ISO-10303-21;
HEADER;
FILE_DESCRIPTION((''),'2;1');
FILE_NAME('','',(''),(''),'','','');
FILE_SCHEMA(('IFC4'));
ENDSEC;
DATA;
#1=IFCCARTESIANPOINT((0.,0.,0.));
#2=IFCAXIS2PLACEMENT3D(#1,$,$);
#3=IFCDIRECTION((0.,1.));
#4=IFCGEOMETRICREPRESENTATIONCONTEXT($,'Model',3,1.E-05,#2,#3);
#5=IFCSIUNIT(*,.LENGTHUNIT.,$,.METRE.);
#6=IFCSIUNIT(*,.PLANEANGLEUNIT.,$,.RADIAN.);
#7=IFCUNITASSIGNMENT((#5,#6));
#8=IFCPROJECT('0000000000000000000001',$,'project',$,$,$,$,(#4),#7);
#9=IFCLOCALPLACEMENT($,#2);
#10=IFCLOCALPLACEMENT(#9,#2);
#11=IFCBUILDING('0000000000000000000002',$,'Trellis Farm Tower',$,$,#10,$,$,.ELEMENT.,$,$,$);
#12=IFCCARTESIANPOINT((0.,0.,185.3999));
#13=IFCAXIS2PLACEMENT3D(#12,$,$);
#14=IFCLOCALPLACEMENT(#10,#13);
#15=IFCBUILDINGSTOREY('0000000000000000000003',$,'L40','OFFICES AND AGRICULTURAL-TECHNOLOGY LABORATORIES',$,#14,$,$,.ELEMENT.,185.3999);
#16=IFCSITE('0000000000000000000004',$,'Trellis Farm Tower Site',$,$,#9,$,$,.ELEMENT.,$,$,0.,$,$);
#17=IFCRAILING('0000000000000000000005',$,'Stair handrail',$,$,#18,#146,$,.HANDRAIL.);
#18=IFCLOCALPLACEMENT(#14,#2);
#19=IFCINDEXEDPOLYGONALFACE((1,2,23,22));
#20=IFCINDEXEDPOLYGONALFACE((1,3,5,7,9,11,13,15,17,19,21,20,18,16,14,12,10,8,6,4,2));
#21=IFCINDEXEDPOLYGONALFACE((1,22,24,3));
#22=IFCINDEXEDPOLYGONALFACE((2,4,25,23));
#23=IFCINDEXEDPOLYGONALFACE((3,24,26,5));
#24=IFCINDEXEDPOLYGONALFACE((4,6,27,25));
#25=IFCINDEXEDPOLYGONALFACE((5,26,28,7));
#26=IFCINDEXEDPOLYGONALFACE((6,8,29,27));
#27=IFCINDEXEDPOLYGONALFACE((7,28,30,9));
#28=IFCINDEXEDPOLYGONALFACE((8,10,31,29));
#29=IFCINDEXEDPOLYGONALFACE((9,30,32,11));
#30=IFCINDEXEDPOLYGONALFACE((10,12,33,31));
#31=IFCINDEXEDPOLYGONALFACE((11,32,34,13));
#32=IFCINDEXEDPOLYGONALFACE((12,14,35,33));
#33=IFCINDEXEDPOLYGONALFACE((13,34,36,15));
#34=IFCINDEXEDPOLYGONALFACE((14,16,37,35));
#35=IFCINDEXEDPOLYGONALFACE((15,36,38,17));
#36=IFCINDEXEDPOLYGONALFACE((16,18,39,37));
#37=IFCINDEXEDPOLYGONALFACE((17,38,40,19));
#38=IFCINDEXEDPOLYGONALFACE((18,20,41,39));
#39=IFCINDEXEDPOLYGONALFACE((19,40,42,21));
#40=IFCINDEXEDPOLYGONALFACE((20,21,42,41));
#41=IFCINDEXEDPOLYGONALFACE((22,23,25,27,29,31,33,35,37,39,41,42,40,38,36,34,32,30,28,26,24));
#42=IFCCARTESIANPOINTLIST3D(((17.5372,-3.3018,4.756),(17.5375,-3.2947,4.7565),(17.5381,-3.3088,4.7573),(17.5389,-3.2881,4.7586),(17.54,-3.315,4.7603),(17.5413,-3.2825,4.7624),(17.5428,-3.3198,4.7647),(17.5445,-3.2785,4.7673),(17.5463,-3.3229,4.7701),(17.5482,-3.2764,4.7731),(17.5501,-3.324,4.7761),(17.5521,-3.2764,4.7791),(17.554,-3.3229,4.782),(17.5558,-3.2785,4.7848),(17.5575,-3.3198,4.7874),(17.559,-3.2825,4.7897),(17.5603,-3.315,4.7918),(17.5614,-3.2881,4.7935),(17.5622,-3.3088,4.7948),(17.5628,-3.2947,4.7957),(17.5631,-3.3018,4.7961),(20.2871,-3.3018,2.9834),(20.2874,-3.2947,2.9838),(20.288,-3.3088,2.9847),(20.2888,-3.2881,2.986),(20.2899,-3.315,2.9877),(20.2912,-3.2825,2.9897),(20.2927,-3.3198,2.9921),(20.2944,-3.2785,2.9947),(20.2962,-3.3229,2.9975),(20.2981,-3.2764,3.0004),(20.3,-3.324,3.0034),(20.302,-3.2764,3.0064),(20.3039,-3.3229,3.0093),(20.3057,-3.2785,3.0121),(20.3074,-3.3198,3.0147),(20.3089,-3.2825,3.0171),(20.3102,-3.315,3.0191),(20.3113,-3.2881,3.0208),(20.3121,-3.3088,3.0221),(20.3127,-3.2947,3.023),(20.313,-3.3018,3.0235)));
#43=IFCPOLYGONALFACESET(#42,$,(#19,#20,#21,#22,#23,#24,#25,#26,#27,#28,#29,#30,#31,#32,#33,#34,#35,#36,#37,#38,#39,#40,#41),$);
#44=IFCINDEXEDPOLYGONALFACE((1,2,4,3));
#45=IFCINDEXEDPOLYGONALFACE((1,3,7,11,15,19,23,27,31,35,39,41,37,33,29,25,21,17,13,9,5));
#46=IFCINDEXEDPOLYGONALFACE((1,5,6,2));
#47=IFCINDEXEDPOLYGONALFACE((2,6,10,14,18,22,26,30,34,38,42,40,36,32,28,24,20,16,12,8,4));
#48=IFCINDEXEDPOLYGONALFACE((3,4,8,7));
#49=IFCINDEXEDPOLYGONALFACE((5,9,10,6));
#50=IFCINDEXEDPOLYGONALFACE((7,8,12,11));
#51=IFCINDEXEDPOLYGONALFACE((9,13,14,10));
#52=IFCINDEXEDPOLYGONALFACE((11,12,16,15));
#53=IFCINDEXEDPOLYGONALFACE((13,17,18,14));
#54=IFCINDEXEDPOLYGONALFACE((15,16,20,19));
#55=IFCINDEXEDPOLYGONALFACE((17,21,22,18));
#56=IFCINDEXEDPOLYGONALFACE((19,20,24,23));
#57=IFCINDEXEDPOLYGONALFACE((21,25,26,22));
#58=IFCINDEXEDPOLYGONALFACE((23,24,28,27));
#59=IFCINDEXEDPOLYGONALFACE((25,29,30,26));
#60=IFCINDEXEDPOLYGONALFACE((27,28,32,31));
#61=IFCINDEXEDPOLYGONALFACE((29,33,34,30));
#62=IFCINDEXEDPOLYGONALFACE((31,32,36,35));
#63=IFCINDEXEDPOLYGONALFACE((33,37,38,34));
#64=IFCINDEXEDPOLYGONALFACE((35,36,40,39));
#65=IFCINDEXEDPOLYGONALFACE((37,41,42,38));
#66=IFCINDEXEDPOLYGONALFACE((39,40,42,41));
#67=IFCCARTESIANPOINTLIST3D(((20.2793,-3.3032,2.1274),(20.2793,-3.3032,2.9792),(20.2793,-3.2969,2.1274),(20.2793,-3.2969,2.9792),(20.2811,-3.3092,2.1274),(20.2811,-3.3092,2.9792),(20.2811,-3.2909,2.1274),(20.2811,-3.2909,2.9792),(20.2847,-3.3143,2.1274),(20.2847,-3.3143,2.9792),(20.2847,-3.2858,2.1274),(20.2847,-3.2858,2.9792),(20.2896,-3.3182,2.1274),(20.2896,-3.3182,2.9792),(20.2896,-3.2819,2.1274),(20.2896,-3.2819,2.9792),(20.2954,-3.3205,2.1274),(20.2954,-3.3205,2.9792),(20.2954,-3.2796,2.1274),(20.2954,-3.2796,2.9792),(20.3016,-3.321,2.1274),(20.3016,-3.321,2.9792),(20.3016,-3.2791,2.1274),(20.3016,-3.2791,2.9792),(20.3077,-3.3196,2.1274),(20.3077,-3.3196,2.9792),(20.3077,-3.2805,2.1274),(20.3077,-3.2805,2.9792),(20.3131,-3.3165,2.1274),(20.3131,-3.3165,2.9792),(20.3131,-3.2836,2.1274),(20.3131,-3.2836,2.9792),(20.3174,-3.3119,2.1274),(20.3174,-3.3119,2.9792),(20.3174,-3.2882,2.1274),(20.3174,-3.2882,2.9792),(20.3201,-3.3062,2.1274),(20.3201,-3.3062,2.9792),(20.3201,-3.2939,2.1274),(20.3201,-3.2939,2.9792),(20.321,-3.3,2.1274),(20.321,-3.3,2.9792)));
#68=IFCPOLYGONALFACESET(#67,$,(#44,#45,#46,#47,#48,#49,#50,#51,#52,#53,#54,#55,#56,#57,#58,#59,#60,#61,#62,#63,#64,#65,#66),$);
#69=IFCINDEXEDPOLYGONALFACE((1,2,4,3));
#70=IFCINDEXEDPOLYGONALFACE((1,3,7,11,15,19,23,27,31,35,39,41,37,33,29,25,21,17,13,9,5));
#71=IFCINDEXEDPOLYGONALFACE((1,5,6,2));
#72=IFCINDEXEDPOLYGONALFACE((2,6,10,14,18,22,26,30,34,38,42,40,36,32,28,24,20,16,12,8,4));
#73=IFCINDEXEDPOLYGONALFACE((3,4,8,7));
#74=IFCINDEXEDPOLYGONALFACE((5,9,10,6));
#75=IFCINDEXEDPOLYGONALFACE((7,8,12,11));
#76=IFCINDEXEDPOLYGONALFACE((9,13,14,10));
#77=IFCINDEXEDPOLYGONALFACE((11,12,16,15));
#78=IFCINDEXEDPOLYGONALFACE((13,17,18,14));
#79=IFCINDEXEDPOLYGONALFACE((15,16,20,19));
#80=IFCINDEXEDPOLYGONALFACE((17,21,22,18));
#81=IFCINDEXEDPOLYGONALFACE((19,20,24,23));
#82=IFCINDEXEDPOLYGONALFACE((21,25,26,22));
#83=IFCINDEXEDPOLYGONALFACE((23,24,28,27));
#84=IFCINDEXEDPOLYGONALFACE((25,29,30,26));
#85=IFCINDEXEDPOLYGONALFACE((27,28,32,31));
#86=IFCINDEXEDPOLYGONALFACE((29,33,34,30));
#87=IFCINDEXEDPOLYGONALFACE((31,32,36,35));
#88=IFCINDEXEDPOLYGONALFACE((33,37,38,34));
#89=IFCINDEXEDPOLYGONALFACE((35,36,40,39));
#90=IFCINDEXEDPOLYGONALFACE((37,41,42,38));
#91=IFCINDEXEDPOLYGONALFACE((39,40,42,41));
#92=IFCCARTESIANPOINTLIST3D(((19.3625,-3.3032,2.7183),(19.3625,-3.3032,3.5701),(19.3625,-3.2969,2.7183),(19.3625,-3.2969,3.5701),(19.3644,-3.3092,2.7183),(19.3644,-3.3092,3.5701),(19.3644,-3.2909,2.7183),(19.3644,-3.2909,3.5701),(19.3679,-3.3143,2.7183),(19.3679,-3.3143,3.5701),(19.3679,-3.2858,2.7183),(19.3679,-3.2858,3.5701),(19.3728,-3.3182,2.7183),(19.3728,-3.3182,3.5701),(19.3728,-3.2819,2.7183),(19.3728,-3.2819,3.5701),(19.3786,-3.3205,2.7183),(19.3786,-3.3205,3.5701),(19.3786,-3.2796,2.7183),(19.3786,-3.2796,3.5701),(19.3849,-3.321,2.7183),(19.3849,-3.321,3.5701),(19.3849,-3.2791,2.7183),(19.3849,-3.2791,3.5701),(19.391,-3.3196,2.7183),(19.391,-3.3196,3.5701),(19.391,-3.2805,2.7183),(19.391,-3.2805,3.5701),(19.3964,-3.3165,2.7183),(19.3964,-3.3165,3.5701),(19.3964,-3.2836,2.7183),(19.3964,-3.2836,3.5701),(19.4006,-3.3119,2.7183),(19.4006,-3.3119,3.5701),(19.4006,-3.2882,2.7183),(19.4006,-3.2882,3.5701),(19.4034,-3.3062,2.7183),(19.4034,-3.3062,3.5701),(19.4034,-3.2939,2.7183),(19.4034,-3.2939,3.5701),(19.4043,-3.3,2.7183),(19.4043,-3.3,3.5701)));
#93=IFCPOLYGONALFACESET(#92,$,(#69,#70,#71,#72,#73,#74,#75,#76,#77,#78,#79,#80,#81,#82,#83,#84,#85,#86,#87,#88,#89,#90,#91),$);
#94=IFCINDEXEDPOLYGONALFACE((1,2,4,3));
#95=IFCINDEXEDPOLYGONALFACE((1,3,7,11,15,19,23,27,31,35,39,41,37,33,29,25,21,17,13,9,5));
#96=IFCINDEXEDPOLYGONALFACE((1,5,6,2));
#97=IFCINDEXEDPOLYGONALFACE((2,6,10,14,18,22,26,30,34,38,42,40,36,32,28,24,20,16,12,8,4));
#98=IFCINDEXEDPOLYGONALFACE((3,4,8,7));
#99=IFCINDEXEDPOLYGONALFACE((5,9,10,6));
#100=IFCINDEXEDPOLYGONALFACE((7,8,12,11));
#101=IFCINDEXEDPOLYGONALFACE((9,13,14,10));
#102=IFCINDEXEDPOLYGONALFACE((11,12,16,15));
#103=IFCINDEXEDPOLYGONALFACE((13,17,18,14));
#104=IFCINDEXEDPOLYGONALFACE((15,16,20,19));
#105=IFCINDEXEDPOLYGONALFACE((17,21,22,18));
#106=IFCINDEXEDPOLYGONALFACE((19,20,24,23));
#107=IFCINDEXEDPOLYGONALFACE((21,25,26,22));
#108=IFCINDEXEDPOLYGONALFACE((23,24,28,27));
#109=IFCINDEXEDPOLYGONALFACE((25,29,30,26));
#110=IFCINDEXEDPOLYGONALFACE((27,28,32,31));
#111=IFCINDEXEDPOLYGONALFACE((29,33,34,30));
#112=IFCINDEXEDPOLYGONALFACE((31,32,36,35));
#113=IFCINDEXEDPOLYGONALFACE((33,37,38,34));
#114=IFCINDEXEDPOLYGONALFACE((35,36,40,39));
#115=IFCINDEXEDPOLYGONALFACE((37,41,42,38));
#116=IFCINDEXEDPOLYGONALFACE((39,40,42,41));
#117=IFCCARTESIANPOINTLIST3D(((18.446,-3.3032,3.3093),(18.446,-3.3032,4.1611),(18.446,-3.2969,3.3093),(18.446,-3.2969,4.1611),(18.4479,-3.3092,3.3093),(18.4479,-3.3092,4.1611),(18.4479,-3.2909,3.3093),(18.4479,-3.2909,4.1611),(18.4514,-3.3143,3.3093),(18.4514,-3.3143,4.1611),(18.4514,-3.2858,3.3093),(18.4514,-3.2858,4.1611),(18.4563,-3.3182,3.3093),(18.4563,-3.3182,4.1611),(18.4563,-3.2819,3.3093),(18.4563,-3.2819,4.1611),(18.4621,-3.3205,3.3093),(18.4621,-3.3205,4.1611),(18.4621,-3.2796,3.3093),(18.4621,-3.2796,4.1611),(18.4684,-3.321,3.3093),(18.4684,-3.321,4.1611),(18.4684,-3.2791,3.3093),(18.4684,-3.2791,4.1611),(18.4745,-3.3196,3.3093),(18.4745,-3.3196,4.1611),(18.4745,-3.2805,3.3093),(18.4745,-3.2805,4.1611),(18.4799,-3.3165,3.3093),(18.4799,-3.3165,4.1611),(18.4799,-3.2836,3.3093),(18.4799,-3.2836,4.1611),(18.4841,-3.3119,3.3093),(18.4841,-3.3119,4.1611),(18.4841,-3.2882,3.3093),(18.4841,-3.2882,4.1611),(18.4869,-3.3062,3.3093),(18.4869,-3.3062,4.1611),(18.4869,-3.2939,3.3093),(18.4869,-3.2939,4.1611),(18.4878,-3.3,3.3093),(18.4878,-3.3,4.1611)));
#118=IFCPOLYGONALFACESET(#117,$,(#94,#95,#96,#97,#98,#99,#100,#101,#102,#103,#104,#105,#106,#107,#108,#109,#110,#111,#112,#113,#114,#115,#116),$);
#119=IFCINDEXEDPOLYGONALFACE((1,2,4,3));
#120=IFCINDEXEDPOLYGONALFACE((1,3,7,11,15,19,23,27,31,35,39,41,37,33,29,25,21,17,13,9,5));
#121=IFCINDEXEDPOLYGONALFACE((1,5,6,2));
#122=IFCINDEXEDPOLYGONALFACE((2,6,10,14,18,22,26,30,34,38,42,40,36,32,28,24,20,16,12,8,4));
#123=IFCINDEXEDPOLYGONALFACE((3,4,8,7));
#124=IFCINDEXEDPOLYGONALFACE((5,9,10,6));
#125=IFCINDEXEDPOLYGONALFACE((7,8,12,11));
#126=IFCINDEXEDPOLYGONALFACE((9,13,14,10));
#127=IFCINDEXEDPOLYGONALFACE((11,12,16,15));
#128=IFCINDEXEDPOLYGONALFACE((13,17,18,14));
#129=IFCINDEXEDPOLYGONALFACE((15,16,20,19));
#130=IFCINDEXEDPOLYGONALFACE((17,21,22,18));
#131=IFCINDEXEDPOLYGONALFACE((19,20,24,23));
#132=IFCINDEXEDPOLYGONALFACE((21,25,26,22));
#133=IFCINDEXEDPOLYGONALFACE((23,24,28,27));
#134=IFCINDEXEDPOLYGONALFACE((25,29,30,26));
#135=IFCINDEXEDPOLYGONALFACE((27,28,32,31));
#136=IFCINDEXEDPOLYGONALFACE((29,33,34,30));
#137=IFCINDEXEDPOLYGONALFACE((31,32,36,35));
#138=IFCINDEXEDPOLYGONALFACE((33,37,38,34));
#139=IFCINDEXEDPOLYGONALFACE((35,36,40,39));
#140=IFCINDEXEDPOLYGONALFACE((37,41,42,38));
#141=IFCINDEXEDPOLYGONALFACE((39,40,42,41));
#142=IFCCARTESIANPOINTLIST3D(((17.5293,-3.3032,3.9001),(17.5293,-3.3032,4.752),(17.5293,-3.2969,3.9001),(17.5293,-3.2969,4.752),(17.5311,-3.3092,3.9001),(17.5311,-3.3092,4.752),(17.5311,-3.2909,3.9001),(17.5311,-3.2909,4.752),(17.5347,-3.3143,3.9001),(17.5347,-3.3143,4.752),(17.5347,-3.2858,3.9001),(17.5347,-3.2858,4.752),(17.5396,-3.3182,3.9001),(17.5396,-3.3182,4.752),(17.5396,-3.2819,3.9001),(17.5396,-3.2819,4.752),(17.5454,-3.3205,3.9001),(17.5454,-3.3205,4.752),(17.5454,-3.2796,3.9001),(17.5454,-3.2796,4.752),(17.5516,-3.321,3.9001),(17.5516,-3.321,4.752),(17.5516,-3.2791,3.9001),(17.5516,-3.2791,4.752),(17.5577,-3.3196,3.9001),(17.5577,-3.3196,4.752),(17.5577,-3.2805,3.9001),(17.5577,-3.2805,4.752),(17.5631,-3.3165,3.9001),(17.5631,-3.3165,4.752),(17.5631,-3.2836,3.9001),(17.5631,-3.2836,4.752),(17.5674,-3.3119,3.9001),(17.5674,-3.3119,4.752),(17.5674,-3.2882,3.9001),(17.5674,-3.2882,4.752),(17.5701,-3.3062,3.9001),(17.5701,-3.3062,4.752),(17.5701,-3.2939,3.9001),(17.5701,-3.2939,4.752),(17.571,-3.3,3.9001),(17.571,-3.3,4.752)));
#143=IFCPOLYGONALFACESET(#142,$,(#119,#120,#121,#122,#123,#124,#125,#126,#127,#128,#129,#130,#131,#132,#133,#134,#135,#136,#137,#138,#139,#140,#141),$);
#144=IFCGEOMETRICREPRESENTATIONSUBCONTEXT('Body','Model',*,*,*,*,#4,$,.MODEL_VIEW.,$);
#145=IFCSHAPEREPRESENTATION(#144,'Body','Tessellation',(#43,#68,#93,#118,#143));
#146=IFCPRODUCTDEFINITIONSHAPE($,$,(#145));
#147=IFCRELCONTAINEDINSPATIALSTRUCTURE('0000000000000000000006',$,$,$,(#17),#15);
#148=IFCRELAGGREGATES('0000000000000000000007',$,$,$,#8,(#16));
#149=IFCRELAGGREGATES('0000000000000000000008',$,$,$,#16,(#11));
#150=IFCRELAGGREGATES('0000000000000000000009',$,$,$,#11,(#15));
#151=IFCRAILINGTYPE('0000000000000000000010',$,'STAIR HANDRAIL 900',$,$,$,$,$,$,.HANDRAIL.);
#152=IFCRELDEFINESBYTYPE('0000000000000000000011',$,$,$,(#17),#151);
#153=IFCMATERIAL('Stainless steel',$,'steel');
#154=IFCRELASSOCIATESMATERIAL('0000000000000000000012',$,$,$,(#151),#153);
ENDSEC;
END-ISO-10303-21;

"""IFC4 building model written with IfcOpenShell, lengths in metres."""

from ifc_helpers import new_model, si_unit, direction, frame, origin, origin_2d, place, context, subcontext, project, spatial, circle, extrude, source, transform, mapped, material, type_object, element, save


model = new_model("IFC4")

# Units and contexts
model_context = context("Model", 3, precision=1e-05, world=origin(), true_north=direction((0.0, 1.0)))
body_context = subcontext(model_context, "Body", "Model", "MODEL_VIEW")
ifc_project = project(units=[si_unit("LENGTHUNIT", "METRE"), si_unit("PLANEANGLEUNIT", "RADIAN")], contexts=[model_context])

# Site, building, storey
site_placement = place(None, origin())
site = spatial("IfcSite", under=ifc_project, at=site_placement, Name="Trellis Farm Tower Site", CompositionType="ELEMENT", RefElevation=0.0)
building_placement = place(site_placement, origin())
building = spatial("IfcBuilding", under=site, at=building_placement, Name="Trellis Farm Tower", CompositionType="ELEMENT")
storey_placement = place(building_placement, frame((0.0, 0.0, 185.3999)))
storey = spatial("IfcBuildingStorey", under=building, at=storey_placement, Name="L40", Description="OFFICES AND AGRICULTURAL-TECHNOLOGY LABORATORIES", CompositionType="ELEMENT", Elevation=185.3999)

# Railing
ifc_material_1 = material(Name="Stainless steel", Category="steel")
railing_type = type_object("IfcRailingType", Name="STAIR HANDRAIL 900", PredefinedType="HANDRAIL", material=ifc_material_1)
shared_shape_1 = source(origin(), body_context, "Body", "SweptSolid", [
    extrude(circle(Radius=0.0239, at=origin_2d()), frame((0.0, 0.0, 0.876), z_axis=(-0.840504, 0.0, 0.541806), x_axis=(0.0, -1.0, 0.0)), (0.0, 0.0, 1.0), 3.2717),
    extrude(circle(Radius=0.021, at=origin_2d()), origin(), (0.0, 0.0, 1.0), 0.8518),
    extrude(circle(Radius=0.021, at=origin_2d()), frame((-0.9167, 0.0, 0.5908)), (0.0, 0.0, 1.0), 0.8518),
    extrude(circle(Radius=0.021, at=origin_2d()), frame((-1.8333, 0.0, 1.1819)), (0.0, 0.0, 1.0), 0.8518),
    extrude(circle(Radius=0.021, at=origin_2d()), frame((-2.75, 0.0, 1.7727)), (0.0, 0.0, 1.0), 0.8518),
])
for number, where, name in (
    (1, (20.3, -3.3, 2.1274), "Stair handrail"),
):
    element("IfcRailing", number, at=place(storey_placement, frame(where)), inside=storey, type_object=railing_type, Name=name, PredefinedType="HANDRAIL", context=body_context, shape_type="MappedRepresentation", body=[
        mapped(shared_shape_1, transform((0.0, 0.0, 0.0))),
    ])

save(model, "model.ifc")
